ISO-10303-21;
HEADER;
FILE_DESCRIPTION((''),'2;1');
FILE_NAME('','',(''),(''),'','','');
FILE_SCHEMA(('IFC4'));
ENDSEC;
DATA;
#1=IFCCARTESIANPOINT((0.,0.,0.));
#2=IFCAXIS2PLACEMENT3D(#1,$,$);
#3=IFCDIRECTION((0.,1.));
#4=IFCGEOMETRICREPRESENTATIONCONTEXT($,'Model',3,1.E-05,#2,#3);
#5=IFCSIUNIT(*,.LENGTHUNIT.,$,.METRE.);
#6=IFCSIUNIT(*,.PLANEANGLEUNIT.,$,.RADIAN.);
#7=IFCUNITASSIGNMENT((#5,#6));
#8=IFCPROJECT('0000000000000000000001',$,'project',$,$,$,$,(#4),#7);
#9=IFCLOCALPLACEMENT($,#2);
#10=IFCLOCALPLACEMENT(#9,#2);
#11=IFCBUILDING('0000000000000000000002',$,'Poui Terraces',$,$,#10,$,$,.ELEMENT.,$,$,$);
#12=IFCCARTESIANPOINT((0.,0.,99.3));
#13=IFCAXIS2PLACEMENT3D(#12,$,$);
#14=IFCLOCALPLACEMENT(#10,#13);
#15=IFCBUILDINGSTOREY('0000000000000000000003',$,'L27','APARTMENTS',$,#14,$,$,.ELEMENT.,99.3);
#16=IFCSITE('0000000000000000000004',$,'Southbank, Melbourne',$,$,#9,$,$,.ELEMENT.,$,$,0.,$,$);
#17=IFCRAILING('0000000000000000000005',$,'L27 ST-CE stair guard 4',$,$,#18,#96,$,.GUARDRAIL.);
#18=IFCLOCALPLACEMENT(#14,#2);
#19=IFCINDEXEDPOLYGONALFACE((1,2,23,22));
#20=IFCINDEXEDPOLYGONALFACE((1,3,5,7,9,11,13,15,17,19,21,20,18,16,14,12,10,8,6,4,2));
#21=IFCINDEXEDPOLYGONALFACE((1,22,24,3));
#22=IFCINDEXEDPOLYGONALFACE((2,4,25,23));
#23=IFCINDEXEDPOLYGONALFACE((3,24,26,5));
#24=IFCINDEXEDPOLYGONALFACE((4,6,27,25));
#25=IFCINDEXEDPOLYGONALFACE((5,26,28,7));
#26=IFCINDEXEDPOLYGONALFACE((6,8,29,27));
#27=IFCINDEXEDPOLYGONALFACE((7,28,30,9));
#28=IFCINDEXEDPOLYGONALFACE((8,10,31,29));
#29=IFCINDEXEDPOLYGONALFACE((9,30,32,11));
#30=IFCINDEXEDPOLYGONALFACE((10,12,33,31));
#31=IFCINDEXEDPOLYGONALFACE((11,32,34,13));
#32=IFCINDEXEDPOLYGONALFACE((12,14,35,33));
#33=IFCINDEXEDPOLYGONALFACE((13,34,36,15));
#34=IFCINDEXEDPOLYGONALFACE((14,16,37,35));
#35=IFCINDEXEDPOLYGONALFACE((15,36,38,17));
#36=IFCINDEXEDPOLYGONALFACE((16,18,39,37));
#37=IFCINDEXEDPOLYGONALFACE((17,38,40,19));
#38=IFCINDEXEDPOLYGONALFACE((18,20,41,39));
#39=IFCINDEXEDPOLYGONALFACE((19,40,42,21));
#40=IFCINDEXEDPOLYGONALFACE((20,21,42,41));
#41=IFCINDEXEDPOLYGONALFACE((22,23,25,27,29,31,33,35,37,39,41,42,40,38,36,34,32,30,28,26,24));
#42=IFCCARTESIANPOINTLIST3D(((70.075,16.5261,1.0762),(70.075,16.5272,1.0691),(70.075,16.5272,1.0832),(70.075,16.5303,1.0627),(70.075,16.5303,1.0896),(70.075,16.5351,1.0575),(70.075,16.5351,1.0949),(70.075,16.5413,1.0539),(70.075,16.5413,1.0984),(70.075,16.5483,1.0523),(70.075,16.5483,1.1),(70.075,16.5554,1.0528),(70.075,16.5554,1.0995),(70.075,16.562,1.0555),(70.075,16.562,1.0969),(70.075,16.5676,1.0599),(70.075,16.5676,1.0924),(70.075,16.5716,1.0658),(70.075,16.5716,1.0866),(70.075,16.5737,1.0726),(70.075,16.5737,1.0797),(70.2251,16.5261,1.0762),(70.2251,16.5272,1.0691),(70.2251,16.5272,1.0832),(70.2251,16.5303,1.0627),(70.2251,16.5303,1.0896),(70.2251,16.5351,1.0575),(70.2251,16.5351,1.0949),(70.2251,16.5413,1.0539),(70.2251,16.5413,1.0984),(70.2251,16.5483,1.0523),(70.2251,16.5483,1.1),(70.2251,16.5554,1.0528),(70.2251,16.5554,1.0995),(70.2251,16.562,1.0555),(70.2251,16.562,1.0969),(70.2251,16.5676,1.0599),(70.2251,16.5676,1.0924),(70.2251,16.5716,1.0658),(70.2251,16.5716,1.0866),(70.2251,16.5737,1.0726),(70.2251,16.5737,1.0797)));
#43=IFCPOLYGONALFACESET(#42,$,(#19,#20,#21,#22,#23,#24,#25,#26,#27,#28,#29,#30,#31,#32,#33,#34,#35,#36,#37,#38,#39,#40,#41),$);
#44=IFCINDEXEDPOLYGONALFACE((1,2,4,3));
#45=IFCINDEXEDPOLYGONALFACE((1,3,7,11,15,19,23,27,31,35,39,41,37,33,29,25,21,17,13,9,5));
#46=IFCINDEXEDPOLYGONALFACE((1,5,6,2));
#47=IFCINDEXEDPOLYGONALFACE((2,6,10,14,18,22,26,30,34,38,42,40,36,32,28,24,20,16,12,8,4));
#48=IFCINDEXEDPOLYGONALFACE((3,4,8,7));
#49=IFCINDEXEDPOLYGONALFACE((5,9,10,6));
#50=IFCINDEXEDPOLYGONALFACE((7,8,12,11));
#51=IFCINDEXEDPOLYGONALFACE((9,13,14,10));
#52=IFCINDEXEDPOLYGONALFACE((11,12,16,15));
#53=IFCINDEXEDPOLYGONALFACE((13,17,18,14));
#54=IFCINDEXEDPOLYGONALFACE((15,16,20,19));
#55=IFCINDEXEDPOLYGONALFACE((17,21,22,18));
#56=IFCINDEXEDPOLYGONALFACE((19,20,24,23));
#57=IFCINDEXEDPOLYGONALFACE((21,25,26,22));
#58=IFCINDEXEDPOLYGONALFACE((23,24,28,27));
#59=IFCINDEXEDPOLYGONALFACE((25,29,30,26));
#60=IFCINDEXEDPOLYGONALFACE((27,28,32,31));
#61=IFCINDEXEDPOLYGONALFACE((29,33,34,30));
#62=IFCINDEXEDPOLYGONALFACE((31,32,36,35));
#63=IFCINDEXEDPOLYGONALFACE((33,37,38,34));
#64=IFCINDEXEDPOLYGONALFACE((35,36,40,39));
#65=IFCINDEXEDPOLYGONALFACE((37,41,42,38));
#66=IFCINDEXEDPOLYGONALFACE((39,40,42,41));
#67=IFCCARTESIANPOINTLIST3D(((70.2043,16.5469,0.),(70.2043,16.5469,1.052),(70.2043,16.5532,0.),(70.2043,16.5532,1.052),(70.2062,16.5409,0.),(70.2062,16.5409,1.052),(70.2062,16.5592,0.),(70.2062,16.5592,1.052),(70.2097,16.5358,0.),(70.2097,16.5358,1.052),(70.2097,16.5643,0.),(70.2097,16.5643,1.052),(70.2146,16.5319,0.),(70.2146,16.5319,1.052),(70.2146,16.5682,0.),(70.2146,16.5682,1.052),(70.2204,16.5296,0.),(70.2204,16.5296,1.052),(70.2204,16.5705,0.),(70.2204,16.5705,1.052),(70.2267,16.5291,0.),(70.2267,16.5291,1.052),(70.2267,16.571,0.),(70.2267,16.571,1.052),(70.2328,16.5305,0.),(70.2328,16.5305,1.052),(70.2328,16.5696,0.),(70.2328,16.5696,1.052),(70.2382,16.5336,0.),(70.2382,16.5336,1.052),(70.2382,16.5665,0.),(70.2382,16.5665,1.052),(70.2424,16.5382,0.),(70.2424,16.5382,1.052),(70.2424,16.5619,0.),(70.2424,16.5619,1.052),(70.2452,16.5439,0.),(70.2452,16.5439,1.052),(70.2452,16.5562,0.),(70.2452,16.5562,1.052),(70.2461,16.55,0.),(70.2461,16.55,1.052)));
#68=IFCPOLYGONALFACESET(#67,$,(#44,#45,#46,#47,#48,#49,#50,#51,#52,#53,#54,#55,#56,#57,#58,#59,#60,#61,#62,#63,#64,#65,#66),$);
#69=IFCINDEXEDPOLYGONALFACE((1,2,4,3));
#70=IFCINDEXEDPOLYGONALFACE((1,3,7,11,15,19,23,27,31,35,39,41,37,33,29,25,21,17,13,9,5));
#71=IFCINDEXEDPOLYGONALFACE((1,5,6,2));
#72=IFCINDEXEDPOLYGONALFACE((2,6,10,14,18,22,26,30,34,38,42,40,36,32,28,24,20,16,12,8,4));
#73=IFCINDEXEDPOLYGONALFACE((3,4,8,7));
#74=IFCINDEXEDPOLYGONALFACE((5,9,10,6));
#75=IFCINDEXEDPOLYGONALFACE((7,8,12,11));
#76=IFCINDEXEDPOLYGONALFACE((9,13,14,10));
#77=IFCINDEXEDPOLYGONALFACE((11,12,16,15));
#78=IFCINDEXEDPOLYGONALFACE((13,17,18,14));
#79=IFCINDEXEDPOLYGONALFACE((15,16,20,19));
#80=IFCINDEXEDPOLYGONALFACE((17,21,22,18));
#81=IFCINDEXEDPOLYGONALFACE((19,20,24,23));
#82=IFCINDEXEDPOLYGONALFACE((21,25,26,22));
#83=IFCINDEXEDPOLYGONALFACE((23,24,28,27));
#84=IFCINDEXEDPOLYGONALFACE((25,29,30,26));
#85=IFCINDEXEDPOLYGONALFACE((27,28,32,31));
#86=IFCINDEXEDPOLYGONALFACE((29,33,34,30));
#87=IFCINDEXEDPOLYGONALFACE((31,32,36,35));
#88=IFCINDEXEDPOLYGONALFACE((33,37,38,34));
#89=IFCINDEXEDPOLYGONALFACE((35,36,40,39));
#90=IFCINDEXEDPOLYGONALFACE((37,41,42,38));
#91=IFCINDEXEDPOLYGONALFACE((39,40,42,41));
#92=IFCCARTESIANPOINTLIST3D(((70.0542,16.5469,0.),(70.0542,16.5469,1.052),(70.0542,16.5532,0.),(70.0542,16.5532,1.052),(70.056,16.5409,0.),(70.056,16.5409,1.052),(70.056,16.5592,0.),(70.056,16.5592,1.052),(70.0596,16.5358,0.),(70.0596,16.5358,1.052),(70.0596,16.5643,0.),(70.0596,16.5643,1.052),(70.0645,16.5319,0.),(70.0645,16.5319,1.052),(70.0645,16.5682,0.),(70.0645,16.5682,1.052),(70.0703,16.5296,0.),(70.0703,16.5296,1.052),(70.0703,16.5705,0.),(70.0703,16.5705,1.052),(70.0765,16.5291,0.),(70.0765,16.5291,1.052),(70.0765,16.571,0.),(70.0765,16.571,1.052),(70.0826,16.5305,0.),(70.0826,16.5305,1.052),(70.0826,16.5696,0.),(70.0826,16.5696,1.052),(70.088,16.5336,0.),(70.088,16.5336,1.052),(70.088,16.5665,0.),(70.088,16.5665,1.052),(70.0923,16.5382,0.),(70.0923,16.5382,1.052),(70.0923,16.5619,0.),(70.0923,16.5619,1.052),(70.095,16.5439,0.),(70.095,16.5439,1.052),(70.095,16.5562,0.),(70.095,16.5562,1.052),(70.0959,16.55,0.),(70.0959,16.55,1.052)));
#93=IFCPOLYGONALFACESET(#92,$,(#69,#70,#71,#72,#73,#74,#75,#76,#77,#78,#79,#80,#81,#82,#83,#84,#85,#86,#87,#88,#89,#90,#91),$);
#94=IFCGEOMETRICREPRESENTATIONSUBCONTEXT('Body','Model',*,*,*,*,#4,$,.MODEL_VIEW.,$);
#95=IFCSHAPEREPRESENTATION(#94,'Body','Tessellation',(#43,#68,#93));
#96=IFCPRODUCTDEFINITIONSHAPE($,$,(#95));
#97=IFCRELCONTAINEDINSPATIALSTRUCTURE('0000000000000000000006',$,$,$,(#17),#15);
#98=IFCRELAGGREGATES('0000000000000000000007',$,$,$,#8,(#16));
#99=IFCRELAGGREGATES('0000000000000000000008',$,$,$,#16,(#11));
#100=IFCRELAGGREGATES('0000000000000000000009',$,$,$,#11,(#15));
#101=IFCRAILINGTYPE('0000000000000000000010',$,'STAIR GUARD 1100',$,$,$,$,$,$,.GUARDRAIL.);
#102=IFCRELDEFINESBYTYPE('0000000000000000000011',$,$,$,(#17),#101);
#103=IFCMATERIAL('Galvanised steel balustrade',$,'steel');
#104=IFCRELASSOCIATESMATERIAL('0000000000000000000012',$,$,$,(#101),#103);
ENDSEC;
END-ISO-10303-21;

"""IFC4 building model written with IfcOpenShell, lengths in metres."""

from ifc_helpers import new_model, si_unit, direction, frame, origin, origin_2d, place, context, subcontext, project, spatial, circle, extrude, material, type_object, element, save


model = new_model("IFC4")

# Units and contexts
model_context = context("Model", 3, precision=1e-05, world=origin(), true_north=direction((0.0, 1.0)))
body_context = subcontext(model_context, "Body", "Model", "MODEL_VIEW")
ifc_project = project(units=[si_unit("LENGTHUNIT", "METRE"), si_unit("PLANEANGLEUNIT", "RADIAN")], contexts=[model_context])

# Site, building, storey
site_placement = place(None, origin())
site = spatial("IfcSite", under=ifc_project, at=site_placement, Name="Southbank, Melbourne", CompositionType="ELEMENT", RefElevation=0.0)
building_placement = place(site_placement, origin())
building = spatial("IfcBuilding", under=site, at=building_placement, Name="Poui Terraces", CompositionType="ELEMENT")
storey_placement = place(building_placement, frame((0.0, 0.0, 99.3)))
storey = spatial("IfcBuildingStorey", under=building, at=storey_placement, Name="L27", Description="APARTMENTS", CompositionType="ELEMENT", Elevation=99.3)

# Railing
ifc_material_1 = material(Name="Galvanised steel balustrade", Category="steel")
railing_type_1 = type_object("IfcRailingType", Name="STAIR GUARD 1100", PredefinedType="GUARDRAIL", material=ifc_material_1)
railing_1_placement = place(storey_placement, frame((70.2251, 16.55, 0.0)))
element("IfcRailing", 1, at=railing_1_placement, inside=storey, type_object=railing_type_1, Name="L27 ST-CE stair guard 4", PredefinedType="GUARDRAIL", context=body_context, shape_type="SweptSolid", body=[
    extrude(circle(Radius=0.0239, at=origin_2d()), frame((0.0, 0.0, 1.0762), z_axis=(-1.0, 0.0, 0.0), x_axis=(0.0, -1.0, 0.0)), (0.0, 0.0, 1.0), 0.1501),
    extrude(circle(Radius=0.021, at=origin_2d()), origin(), (0.0, 0.0, 1.0), 1.052),
    extrude(circle(Radius=0.021, at=origin_2d()), frame((-0.1501, 0.0, 0.0)), (0.0, 0.0, 1.0), 1.052),
])

save(model, "model.ifc")
